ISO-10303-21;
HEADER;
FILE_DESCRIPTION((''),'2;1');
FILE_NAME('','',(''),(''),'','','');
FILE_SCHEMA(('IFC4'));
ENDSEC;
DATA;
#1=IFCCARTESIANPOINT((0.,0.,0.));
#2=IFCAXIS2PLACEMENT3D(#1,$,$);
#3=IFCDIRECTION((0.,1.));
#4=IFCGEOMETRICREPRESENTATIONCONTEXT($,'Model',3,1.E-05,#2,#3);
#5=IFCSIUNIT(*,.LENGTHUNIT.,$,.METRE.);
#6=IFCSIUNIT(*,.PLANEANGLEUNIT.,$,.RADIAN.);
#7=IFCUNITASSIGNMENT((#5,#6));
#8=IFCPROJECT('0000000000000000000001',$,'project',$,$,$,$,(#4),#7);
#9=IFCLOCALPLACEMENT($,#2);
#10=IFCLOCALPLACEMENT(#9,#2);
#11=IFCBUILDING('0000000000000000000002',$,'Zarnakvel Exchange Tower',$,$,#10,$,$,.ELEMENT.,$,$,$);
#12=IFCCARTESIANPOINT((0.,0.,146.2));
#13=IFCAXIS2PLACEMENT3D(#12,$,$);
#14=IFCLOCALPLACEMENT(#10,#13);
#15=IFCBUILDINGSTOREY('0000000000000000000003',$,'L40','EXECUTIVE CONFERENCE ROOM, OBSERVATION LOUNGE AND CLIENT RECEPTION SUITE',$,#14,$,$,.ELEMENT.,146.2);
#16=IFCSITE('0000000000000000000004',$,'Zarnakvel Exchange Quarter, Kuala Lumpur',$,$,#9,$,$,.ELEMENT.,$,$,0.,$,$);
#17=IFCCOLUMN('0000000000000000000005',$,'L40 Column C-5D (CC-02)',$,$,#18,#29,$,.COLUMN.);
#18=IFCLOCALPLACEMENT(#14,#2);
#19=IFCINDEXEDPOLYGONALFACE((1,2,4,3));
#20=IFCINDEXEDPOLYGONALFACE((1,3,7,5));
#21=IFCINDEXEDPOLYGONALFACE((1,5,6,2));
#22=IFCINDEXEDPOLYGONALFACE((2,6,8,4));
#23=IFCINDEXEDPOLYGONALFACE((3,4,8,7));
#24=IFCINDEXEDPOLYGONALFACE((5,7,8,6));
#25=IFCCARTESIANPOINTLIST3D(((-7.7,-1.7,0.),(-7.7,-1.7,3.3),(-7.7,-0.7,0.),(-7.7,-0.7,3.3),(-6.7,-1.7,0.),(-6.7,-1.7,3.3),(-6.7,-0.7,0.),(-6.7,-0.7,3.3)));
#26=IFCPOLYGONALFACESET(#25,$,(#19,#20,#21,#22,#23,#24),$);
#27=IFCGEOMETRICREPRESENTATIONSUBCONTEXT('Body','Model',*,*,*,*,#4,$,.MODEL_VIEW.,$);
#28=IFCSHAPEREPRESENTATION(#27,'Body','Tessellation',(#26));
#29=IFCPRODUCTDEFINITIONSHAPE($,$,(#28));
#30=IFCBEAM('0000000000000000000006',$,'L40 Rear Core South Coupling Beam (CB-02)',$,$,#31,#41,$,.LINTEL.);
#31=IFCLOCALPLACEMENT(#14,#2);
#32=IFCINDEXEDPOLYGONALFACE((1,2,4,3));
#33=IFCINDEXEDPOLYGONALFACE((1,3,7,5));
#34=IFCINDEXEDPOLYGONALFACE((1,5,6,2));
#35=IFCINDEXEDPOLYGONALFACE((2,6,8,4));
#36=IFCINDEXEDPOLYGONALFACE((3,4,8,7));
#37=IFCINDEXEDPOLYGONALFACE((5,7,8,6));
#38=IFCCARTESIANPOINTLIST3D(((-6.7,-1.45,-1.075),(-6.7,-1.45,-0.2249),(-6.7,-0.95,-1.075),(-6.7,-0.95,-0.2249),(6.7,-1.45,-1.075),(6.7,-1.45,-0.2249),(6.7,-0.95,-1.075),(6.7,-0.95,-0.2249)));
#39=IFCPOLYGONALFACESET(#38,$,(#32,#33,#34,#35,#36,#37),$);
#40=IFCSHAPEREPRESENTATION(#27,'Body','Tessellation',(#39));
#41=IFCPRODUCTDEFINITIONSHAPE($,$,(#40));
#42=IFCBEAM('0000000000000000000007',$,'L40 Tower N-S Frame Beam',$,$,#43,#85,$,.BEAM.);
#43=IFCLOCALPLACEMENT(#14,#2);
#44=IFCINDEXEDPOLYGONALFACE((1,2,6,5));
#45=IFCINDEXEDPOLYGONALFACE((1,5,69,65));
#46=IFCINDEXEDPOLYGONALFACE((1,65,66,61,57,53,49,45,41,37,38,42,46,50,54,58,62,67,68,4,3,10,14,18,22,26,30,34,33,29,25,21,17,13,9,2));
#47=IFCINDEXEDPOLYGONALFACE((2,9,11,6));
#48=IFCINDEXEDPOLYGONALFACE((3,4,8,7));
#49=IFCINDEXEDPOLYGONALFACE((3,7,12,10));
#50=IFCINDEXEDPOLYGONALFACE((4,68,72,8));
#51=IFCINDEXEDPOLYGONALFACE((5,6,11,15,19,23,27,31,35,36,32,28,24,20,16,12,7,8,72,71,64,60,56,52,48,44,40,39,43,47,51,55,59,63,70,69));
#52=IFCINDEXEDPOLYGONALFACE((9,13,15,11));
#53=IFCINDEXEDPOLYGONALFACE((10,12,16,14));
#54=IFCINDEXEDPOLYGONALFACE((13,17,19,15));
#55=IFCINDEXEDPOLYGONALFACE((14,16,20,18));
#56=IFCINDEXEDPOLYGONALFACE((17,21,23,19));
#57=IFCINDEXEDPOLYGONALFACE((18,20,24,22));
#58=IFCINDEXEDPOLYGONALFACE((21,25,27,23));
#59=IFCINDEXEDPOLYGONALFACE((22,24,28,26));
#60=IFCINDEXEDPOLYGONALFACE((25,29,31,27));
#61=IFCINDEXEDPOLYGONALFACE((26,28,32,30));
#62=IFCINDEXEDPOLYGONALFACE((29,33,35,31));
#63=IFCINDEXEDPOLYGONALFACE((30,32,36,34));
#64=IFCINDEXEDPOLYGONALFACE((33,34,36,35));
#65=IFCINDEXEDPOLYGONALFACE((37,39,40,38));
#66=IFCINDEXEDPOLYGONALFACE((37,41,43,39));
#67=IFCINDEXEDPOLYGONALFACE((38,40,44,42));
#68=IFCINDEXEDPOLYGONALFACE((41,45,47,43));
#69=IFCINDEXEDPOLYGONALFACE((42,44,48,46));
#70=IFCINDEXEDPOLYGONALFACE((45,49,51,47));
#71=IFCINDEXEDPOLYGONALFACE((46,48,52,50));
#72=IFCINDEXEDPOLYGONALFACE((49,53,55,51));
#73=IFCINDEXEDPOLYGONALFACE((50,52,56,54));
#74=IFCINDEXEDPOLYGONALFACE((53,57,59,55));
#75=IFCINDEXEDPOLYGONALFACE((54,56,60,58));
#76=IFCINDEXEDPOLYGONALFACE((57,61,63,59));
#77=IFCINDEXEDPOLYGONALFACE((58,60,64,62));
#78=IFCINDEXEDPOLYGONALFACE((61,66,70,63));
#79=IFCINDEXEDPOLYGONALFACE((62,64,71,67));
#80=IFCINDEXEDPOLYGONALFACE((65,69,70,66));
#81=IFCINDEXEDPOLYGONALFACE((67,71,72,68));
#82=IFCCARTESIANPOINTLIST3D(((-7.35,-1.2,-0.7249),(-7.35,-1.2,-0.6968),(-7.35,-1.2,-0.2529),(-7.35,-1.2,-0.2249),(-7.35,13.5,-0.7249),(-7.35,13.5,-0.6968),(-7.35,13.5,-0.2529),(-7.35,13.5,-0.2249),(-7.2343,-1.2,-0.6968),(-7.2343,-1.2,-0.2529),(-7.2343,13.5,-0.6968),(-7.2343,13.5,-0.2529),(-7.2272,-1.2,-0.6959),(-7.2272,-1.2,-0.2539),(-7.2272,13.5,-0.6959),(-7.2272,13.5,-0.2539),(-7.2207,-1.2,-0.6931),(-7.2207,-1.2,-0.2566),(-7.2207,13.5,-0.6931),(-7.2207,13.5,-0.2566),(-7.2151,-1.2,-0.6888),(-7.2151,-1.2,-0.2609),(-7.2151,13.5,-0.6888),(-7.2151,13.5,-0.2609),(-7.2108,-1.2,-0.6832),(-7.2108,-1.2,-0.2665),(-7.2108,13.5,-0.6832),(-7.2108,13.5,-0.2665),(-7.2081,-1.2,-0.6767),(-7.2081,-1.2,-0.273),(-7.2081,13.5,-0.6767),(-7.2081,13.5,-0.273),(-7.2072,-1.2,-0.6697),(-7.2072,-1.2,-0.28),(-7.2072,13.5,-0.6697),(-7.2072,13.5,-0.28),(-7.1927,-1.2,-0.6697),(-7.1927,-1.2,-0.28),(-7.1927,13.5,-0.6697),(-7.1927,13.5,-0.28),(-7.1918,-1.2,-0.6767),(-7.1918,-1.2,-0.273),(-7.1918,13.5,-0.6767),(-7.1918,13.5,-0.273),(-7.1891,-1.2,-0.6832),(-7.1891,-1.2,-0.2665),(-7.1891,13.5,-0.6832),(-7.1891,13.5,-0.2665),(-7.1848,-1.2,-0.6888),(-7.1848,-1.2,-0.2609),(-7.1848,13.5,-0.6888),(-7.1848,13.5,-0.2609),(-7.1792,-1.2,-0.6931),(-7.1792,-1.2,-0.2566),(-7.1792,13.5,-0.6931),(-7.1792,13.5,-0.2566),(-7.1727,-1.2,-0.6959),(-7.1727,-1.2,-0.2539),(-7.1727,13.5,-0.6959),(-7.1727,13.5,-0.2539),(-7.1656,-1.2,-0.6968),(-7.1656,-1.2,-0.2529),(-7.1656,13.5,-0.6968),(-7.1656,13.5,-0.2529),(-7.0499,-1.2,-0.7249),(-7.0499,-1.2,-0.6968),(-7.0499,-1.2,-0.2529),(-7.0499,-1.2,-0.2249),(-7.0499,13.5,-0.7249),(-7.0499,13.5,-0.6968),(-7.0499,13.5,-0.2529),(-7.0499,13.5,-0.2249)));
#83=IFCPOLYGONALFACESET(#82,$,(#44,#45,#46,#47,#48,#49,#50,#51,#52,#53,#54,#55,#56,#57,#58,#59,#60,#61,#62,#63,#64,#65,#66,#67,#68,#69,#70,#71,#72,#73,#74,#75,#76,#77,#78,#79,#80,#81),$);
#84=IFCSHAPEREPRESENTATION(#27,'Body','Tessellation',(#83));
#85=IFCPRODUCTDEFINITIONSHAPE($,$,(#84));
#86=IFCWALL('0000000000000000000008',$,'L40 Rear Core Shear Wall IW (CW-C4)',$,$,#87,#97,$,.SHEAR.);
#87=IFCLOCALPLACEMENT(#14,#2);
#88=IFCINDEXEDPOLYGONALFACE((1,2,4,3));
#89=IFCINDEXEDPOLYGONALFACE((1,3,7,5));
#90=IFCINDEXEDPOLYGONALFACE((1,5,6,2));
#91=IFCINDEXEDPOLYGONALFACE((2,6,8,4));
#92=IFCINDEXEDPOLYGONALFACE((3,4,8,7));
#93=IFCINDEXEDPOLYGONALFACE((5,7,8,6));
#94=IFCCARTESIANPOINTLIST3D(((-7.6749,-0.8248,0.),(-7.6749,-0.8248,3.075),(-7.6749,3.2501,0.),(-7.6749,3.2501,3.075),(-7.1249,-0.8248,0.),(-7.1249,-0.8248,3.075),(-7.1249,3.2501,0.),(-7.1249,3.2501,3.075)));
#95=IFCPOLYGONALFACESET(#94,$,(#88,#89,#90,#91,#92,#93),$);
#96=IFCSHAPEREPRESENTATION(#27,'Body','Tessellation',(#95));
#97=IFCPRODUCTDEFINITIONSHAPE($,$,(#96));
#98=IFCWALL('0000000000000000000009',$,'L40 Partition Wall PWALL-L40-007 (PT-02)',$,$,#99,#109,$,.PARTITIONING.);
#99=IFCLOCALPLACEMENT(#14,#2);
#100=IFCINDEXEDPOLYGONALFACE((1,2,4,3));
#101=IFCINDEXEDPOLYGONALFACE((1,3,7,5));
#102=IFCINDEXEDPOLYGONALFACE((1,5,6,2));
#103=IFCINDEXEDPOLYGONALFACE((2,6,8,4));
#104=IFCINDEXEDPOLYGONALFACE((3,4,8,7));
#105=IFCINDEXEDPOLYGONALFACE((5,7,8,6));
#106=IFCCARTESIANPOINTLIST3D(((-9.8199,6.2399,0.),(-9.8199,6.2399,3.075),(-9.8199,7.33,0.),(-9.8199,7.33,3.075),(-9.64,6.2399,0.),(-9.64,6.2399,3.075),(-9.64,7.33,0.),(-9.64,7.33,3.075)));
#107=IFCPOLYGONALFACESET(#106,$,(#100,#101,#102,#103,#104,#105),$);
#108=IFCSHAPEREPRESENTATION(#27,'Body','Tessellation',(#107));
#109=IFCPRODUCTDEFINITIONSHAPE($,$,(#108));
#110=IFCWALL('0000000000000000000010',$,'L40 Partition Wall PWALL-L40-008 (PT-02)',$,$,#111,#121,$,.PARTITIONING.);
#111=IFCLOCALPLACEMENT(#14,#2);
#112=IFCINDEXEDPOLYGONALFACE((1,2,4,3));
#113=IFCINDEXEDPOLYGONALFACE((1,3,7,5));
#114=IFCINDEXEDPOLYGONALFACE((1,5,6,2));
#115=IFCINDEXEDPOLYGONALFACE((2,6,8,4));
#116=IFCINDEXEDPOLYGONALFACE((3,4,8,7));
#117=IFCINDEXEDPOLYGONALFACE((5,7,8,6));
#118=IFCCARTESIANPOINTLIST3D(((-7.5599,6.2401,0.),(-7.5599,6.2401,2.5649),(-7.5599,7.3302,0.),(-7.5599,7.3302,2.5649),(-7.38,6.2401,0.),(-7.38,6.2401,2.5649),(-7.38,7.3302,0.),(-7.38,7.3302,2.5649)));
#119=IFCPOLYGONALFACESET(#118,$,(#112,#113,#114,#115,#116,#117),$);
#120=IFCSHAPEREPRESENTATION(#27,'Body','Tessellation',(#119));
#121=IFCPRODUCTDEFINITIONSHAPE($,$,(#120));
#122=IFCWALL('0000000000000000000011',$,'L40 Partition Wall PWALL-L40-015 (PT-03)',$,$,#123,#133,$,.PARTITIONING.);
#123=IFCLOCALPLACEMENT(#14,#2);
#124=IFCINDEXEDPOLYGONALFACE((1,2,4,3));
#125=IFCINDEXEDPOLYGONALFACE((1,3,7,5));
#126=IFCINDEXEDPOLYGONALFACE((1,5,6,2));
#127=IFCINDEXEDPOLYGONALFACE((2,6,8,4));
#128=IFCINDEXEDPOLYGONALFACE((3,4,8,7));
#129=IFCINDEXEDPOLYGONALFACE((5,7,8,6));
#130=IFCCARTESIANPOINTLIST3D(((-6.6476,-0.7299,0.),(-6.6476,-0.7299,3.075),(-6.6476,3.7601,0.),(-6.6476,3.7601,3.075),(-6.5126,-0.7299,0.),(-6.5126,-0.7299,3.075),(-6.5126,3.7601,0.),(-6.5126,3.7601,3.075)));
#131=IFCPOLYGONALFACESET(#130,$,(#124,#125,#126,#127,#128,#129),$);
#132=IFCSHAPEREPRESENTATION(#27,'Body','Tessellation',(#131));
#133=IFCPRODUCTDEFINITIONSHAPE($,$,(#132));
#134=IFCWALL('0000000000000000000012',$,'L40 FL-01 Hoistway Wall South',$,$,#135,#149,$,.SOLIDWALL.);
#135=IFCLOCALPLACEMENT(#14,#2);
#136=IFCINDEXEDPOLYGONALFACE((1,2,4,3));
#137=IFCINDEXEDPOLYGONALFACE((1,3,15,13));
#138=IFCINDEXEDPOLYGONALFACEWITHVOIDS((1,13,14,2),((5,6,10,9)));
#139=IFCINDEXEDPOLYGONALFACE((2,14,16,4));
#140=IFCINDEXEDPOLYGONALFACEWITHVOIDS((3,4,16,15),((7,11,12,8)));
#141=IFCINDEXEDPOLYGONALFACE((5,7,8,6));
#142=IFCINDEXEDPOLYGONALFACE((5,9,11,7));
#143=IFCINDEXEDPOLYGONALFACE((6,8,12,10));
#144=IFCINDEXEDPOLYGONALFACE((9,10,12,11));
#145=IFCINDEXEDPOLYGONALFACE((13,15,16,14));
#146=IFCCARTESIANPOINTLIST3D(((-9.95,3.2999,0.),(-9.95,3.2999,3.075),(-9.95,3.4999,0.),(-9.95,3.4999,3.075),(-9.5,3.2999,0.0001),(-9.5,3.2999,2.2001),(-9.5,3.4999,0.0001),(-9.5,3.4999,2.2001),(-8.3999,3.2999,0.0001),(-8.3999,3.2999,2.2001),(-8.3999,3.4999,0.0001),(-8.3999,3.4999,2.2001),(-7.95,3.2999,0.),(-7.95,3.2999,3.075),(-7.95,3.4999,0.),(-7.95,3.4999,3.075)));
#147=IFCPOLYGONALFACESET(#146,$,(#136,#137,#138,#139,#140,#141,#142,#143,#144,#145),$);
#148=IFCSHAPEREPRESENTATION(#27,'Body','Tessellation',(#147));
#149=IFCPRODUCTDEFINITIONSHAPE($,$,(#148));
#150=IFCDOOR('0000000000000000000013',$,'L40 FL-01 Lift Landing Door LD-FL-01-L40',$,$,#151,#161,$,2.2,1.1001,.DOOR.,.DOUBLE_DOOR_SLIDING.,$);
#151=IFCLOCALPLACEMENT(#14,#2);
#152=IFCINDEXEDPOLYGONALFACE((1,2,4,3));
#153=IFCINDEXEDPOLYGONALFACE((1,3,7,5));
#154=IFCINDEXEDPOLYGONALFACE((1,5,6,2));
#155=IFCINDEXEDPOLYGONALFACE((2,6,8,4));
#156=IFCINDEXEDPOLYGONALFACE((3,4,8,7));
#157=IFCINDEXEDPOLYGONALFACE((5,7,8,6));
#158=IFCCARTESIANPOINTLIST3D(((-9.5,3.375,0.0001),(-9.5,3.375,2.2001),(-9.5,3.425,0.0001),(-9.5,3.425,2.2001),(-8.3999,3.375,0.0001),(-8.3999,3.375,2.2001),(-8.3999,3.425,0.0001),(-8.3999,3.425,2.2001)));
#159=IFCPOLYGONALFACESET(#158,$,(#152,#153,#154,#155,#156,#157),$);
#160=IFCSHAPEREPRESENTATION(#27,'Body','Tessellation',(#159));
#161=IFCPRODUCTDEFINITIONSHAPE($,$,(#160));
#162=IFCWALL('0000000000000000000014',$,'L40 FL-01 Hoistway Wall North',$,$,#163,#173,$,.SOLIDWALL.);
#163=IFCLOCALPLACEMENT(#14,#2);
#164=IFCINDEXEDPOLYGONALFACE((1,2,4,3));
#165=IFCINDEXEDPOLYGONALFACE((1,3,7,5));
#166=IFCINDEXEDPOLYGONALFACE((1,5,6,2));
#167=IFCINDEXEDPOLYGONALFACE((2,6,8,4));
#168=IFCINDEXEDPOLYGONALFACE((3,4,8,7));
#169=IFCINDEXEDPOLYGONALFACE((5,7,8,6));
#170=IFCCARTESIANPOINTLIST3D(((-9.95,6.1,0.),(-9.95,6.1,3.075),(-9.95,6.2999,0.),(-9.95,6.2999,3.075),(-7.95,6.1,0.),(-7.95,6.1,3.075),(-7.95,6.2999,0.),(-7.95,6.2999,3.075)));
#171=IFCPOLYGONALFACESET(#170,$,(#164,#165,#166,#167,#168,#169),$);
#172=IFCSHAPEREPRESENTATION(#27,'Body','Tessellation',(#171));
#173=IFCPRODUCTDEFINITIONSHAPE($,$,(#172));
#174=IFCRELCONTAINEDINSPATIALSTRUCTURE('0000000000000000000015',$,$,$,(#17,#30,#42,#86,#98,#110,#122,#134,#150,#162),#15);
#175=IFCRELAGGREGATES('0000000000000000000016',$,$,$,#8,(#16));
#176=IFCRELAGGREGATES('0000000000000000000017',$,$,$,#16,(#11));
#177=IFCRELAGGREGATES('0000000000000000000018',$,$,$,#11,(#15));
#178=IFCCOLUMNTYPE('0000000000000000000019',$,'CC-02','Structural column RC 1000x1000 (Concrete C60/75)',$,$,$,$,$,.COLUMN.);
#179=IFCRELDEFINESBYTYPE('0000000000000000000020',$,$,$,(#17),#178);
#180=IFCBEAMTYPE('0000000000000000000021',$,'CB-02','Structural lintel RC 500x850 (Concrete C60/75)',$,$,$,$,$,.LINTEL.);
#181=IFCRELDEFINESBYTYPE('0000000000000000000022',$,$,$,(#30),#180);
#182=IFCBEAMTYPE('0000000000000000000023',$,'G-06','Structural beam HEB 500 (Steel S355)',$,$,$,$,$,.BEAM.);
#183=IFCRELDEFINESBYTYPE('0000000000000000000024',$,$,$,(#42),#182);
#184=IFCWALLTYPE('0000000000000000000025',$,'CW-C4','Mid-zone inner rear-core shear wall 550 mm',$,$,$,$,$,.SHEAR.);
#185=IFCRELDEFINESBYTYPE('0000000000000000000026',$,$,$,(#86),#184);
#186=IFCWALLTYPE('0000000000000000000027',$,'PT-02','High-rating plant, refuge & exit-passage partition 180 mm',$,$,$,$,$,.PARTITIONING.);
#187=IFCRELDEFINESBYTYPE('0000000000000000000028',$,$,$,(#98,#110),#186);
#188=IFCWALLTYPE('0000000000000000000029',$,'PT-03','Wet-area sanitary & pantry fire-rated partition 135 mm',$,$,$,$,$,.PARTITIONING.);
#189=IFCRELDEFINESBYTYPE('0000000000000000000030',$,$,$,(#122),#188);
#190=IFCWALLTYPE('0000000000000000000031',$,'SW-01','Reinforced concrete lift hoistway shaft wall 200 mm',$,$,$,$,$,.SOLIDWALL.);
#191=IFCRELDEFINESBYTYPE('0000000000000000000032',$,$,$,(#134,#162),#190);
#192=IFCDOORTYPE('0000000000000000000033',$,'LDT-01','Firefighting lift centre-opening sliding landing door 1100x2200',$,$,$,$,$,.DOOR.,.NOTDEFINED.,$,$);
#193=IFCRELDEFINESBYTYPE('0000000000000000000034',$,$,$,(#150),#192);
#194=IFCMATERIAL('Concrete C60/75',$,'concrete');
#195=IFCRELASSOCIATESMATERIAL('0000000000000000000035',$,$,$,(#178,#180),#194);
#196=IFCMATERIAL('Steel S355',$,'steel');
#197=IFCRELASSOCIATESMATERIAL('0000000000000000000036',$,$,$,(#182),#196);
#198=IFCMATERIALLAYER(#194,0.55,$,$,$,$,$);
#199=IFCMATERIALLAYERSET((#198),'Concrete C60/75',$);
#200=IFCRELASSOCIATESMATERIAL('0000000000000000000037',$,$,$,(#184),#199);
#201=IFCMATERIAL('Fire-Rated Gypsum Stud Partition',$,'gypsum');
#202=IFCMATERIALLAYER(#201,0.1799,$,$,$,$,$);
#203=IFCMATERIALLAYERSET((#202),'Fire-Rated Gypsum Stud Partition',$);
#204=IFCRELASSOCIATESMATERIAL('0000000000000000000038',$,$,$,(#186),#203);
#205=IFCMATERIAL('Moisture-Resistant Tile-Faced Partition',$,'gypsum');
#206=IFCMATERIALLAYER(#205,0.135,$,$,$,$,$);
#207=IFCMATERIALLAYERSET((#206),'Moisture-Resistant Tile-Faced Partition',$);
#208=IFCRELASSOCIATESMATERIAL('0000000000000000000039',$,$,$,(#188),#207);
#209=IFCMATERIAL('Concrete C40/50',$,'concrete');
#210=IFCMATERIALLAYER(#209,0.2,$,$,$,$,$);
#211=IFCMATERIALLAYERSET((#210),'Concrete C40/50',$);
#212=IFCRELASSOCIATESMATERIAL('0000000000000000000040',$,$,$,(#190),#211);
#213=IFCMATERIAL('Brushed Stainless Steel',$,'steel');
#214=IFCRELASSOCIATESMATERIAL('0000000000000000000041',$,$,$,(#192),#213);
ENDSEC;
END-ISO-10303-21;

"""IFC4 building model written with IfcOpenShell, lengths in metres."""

from ifc_helpers import new_model, si_unit, direction, frame, frame_2d, origin, origin_2d, place, context, subcontext, project, spatial, rectangle, i_section, extrude, source, transform, mapped, material, layer, layer_set, material_profile, profile_set, type_object, element, fill, save


model = new_model("IFC4")

# Units and contexts
model_context = context("Model", 3, precision=1e-05, world=origin(), true_north=direction((0.0, 1.0)))
body_context = subcontext(model_context, "Body", "Model", "MODEL_VIEW")
ifc_project = project(units=[si_unit("LENGTHUNIT", "METRE"), si_unit("PLANEANGLEUNIT", "RADIAN")], contexts=[model_context])

# Site, building, storey
site_placement = place(None, origin())
site = spatial("IfcSite", under=ifc_project, at=site_placement, Name="Zarnakvel Exchange Quarter, Kuala Lumpur", CompositionType="ELEMENT", RefElevation=0.0)
building_placement = place(site_placement, origin())
building = spatial("IfcBuilding", under=site, at=building_placement, Name="Zarnakvel Exchange Tower", CompositionType="ELEMENT")
storey_placement = place(building_placement, frame((0.0, 0.0, 146.2)))
storey = spatial("IfcBuildingStorey", under=building, at=storey_placement, Name="L40", Description="EXECUTIVE CONFERENCE ROOM, OBSERVATION LOUNGE AND CLIENT RECEPTION SUITE", CompositionType="ELEMENT", Elevation=146.2)

# Column
ifc_material_1 = material(Name="Concrete C60/75", Category="concrete")
ifc_material_profile_1 = material_profile(ifc_material_1, rectangle(XDim=1.0, YDim=1.0, at=origin_2d()))
ifc_profile_set_1 = profile_set([ifc_material_profile_1], Name="Concrete C60/75")
column_type = type_object("IfcColumnType", Name="CC-02", Description="Structural column RC 1000x1000 (Concrete C60/75)", PredefinedType="COLUMN", material=ifc_profile_set_1)
column_placement = place(storey_placement, frame((-7.2, -1.2, 0.0), z_axis=(0.0, 0.0, 1.0), x_axis=(1.0, 0.0, 0.0)))
element("IfcColumn", 1, at=column_placement, inside=storey, type_object=column_type, Name="L40 Column C-5D (CC-02)", PredefinedType="COLUMN", context=body_context, shape_type="SweptSolid", body=[
    extrude(rectangle(XDim=1.0, YDim=1.0, at=origin_2d()), origin(), (0.0, 0.0, 1.0), 3.3),
])

# Beams
ifc_material_profile_2 = material_profile(ifc_material_1, rectangle(XDim=0.5, YDim=0.8501, at=origin_2d()))
ifc_profile_set_2 = profile_set([ifc_material_profile_2], Name="Concrete C60/75")
beam_type_1 = type_object("IfcBeamType", Name="CB-02", Description="Structural lintel RC 500x850 (Concrete C60/75)", PredefinedType="LINTEL", material=ifc_profile_set_2)
beam_1_placement = place(storey_placement, frame((-6.7, -1.2, -0.6499), z_axis=(1.0, 0.0, 0.0), x_axis=(0.0, 1.0, 0.0)))
element("IfcBeam", 2, at=beam_1_placement, inside=storey, type_object=beam_type_1, Name="L40 Rear Core South Coupling Beam (CB-02)", PredefinedType="LINTEL", context=body_context, shape_type="SweptSolid", body=[
    extrude(rectangle(XDim=0.5, YDim=0.8501, at=origin_2d()), origin(), (0.0, 0.0, 1.0), 13.3999),
])
ifc_material_2 = material(Name="Steel S355", Category="steel")
ifc_material_profile_3 = material_profile(ifc_material_2, i_section(OverallWidth=0.3, OverallDepth=0.5, WebThickness=0.0144, FlangeThickness=0.0281, FilletRadius=0.0271, at=origin_2d()))
ifc_profile_set_3 = profile_set([ifc_material_profile_3], Name="Steel S355")
beam_type_2 = type_object("IfcBeamType", Name="G-06", Description="Structural beam HEB 500 (Steel S355)", PredefinedType="BEAM", material=ifc_profile_set_3)
beam_2_placement = place(storey_placement, frame((-7.2, -1.2, -0.4749), z_axis=(0.0, 1.0, 0.0), x_axis=(-1.0, 0.0, 0.0)))
element("IfcBeam", 3, at=beam_2_placement, inside=storey, type_object=beam_type_2, Name="L40 Tower N-S Frame Beam", PredefinedType="BEAM", context=body_context, shape_type="SweptSolid", body=[
    extrude(i_section(OverallWidth=0.3, OverallDepth=0.5, WebThickness=0.0144, FlangeThickness=0.0281, FilletRadius=0.0271, at=origin_2d()), origin(), (0.0, 0.0, 1.0), 14.7),
])

# Walls
ifc_layer_1 = layer(ifc_material_1, 0.55)
ifc_layer_set_1 = layer_set([ifc_layer_1], Name="Concrete C60/75")
wall_type_1 = type_object("IfcWallType", Name="CW-C4", Description="Mid-zone inner rear-core shear wall 550 mm", PredefinedType="SHEAR", material=ifc_layer_set_1)
wall_1_placement = place(storey_placement, frame((-7.3999, -0.825, 0.0), z_axis=(0.0, 0.0, 1.0), x_axis=(0.0, 1.0, 0.0)))
element("IfcWall", 4, at=wall_1_placement, inside=storey, type_object=wall_type_1, Name="L40 Rear Core Shear Wall IW (CW-C4)", PredefinedType="SHEAR", context=body_context, shape_type="SweptSolid", body=[
    extrude(rectangle(XDim=4.075, YDim=0.55, at=frame_2d((2.0376, 0.0))), origin(), (0.0, 0.0, 1.0), 3.075),
])
ifc_material_3 = material(Name="Fire-Rated Gypsum Stud Partition", Category="gypsum")
ifc_layer_2 = layer(ifc_material_3, 0.1799)
ifc_layer_set_2 = layer_set([ifc_layer_2], Name="Fire-Rated Gypsum Stud Partition")
wall_type_2 = type_object("IfcWallType", Name="PT-02", Description="High-rating plant, refuge & exit-passage partition 180 mm", PredefinedType="PARTITIONING", material=ifc_layer_set_2)
wall_2_placement = place(storey_placement, frame((-9.73, 6.24, 0.0), z_axis=(0.0, 0.0, 1.0), x_axis=(0.0, 1.0, 0.0)))
element("IfcWall", 5, at=wall_2_placement, inside=storey, type_object=wall_type_2, Name="L40 Partition Wall PWALL-L40-007 (PT-02)", PredefinedType="PARTITIONING", context=body_context, shape_type="SweptSolid", body=[
    extrude(rectangle(XDim=1.0901, YDim=0.1799, at=frame_2d((0.5449, 0.0))), origin(), (0.0, 0.0, 1.0), 3.075),
])
wall_3_placement = place(storey_placement, frame((-7.47, 7.3301, 0.0), z_axis=(0.0, 0.0, 1.0), x_axis=(0.0, -1.0, 0.0)))
element("IfcWall", 6, at=wall_3_placement, inside=storey, type_object=wall_type_2, Name="L40 Partition Wall PWALL-L40-008 (PT-02)", PredefinedType="PARTITIONING", context=body_context, shape_type="SweptSolid", body=[
    extrude(rectangle(XDim=1.0901, YDim=0.1799, at=frame_2d((0.5449, 0.0))), origin(), (0.0, 0.0, 1.0), 2.5649),
])
ifc_material_4 = material(Name="Moisture-Resistant Tile-Faced Partition", Category="gypsum")
ifc_layer_3 = layer(ifc_material_4, 0.135)
ifc_layer_set_3 = layer_set([ifc_layer_3], Name="Moisture-Resistant Tile-Faced Partition")
wall_type_3 = type_object("IfcWallType", Name="PT-03", Description="Wet-area sanitary & pantry fire-rated partition 135 mm", PredefinedType="PARTITIONING", material=ifc_layer_set_3)
wall_4_placement = place(storey_placement, frame((-6.5801, -0.73, 0.0), z_axis=(0.0, 0.0, 1.0), x_axis=(0.0, 1.0, 0.0)))
element("IfcWall", 7, at=wall_4_placement, inside=storey, type_object=wall_type_3, Name="L40 Partition Wall PWALL-L40-015 (PT-03)", PredefinedType="PARTITIONING", context=body_context, shape_type="SweptSolid", body=[
    extrude(rectangle(XDim=4.49, YDim=0.135, at=frame_2d((2.2451, 0.0))), origin(), (0.0, 0.0, 1.0), 3.075),
])

# Wall, opening, door
ifc_material_5 = material(Name="Concrete C40/50", Category="concrete")
ifc_layer_4 = layer(ifc_material_5, 0.2)
ifc_layer_set_4 = layer_set([ifc_layer_4], Name="Concrete C40/50")
wall_type_4 = type_object("IfcWallType", Name="SW-01", Description="Reinforced concrete lift hoistway shaft wall 200 mm", PredefinedType="SOLIDWALL", material=ifc_layer_set_4)
wall_5_placement = place(storey_placement, frame((-7.95, 3.3999, 0.0), z_axis=(0.0, 0.0, 1.0), x_axis=(-1.0, 0.0, 0.0)))
wall_5 = element("IfcWall", 8, at=wall_5_placement, inside=storey, type_object=wall_type_4, Name="L40 FL-01 Hoistway Wall South", PredefinedType="SOLIDWALL", context=body_context, shape_type="SweptSolid", body=[
    extrude(rectangle(XDim=2.0, YDim=0.2, at=frame_2d((1.0, 0.0))), origin(), (0.0, 0.0, 1.0), 3.075),
])
opening_1_placement = place(wall_5_placement, frame((0.45, 0.0, 0.0)))
opening_1 = element("IfcOpeningElement", 9, at=opening_1_placement, cuts=wall_5, PredefinedType="OPENING", context=body_context, shape_type="SweptSolid", body=[
    extrude(rectangle(XDim=1.1001, YDim=2.2, at=frame_2d((0.55, 1.1001))), frame((0.0, 0.1099, 0.0), z_axis=(0.0, -1.0, 0.0), x_axis=(1.0, 0.0, 0.0)), (0.0, 0.0, 1.0), 0.22),
])
ifc_material_6 = material(Name="Brushed Stainless Steel", Category="steel")
door_type_1 = type_object("IfcDoorType", Name="LDT-01", Description="Firefighting lift centre-opening sliding landing door 1100x2200", OperationType="NOTDEFINED", PredefinedType="DOOR", material=ifc_material_6)
shared_shape_1 = source(origin(), body_context, "Body", "SweptSolid", [
    extrude(rectangle(XDim=1.1001, YDim=2.2, at=frame_2d((0.55, 1.1001))), frame((0.0, 0.0249, 0.0), z_axis=(0.0, -1.0, 0.0), x_axis=(1.0, 0.0, 0.0)), (0.0, 0.0, 1.0), 0.05),
])
door_1_placement = place(opening_1_placement, origin())
door_1 = element("IfcDoor", 10, at=door_1_placement, inside=storey, type_object=door_type_1, Name="L40 FL-01 Lift Landing Door LD-FL-01-L40", OperationType="DOUBLE_DOOR_SLIDING", OverallHeight=2.2, OverallWidth=1.1001, PredefinedType="DOOR", context=body_context, shape_type="MappedRepresentation", body=[
    mapped(shared_shape_1, transform((0.0, 0.0, 0.0), x_axis=(1.0, 0.0, 0.0), y_axis=(0.0, 1.0, 0.0), z_axis=(0.0, 0.0, 1.0), scale=1.0)),
])
fill(opening_1, door_1)

# Wall
wall_6_placement = place(storey_placement, frame((-9.95, 6.2, 0.0), z_axis=(0.0, 0.0, 1.0), x_axis=(1.0, 0.0, 0.0)))
element("IfcWall", 11, at=wall_6_placement, inside=storey, type_object=wall_type_4, Name="L40 FL-01 Hoistway Wall North", PredefinedType="SOLIDWALL", context=body_context, shape_type="SweptSolid", body=[
    extrude(rectangle(XDim=2.0, YDim=0.2, at=frame_2d((1.0, 0.0))), origin(), (0.0, 0.0, 1.0), 3.075),
])

save(model, "model.ifc")
